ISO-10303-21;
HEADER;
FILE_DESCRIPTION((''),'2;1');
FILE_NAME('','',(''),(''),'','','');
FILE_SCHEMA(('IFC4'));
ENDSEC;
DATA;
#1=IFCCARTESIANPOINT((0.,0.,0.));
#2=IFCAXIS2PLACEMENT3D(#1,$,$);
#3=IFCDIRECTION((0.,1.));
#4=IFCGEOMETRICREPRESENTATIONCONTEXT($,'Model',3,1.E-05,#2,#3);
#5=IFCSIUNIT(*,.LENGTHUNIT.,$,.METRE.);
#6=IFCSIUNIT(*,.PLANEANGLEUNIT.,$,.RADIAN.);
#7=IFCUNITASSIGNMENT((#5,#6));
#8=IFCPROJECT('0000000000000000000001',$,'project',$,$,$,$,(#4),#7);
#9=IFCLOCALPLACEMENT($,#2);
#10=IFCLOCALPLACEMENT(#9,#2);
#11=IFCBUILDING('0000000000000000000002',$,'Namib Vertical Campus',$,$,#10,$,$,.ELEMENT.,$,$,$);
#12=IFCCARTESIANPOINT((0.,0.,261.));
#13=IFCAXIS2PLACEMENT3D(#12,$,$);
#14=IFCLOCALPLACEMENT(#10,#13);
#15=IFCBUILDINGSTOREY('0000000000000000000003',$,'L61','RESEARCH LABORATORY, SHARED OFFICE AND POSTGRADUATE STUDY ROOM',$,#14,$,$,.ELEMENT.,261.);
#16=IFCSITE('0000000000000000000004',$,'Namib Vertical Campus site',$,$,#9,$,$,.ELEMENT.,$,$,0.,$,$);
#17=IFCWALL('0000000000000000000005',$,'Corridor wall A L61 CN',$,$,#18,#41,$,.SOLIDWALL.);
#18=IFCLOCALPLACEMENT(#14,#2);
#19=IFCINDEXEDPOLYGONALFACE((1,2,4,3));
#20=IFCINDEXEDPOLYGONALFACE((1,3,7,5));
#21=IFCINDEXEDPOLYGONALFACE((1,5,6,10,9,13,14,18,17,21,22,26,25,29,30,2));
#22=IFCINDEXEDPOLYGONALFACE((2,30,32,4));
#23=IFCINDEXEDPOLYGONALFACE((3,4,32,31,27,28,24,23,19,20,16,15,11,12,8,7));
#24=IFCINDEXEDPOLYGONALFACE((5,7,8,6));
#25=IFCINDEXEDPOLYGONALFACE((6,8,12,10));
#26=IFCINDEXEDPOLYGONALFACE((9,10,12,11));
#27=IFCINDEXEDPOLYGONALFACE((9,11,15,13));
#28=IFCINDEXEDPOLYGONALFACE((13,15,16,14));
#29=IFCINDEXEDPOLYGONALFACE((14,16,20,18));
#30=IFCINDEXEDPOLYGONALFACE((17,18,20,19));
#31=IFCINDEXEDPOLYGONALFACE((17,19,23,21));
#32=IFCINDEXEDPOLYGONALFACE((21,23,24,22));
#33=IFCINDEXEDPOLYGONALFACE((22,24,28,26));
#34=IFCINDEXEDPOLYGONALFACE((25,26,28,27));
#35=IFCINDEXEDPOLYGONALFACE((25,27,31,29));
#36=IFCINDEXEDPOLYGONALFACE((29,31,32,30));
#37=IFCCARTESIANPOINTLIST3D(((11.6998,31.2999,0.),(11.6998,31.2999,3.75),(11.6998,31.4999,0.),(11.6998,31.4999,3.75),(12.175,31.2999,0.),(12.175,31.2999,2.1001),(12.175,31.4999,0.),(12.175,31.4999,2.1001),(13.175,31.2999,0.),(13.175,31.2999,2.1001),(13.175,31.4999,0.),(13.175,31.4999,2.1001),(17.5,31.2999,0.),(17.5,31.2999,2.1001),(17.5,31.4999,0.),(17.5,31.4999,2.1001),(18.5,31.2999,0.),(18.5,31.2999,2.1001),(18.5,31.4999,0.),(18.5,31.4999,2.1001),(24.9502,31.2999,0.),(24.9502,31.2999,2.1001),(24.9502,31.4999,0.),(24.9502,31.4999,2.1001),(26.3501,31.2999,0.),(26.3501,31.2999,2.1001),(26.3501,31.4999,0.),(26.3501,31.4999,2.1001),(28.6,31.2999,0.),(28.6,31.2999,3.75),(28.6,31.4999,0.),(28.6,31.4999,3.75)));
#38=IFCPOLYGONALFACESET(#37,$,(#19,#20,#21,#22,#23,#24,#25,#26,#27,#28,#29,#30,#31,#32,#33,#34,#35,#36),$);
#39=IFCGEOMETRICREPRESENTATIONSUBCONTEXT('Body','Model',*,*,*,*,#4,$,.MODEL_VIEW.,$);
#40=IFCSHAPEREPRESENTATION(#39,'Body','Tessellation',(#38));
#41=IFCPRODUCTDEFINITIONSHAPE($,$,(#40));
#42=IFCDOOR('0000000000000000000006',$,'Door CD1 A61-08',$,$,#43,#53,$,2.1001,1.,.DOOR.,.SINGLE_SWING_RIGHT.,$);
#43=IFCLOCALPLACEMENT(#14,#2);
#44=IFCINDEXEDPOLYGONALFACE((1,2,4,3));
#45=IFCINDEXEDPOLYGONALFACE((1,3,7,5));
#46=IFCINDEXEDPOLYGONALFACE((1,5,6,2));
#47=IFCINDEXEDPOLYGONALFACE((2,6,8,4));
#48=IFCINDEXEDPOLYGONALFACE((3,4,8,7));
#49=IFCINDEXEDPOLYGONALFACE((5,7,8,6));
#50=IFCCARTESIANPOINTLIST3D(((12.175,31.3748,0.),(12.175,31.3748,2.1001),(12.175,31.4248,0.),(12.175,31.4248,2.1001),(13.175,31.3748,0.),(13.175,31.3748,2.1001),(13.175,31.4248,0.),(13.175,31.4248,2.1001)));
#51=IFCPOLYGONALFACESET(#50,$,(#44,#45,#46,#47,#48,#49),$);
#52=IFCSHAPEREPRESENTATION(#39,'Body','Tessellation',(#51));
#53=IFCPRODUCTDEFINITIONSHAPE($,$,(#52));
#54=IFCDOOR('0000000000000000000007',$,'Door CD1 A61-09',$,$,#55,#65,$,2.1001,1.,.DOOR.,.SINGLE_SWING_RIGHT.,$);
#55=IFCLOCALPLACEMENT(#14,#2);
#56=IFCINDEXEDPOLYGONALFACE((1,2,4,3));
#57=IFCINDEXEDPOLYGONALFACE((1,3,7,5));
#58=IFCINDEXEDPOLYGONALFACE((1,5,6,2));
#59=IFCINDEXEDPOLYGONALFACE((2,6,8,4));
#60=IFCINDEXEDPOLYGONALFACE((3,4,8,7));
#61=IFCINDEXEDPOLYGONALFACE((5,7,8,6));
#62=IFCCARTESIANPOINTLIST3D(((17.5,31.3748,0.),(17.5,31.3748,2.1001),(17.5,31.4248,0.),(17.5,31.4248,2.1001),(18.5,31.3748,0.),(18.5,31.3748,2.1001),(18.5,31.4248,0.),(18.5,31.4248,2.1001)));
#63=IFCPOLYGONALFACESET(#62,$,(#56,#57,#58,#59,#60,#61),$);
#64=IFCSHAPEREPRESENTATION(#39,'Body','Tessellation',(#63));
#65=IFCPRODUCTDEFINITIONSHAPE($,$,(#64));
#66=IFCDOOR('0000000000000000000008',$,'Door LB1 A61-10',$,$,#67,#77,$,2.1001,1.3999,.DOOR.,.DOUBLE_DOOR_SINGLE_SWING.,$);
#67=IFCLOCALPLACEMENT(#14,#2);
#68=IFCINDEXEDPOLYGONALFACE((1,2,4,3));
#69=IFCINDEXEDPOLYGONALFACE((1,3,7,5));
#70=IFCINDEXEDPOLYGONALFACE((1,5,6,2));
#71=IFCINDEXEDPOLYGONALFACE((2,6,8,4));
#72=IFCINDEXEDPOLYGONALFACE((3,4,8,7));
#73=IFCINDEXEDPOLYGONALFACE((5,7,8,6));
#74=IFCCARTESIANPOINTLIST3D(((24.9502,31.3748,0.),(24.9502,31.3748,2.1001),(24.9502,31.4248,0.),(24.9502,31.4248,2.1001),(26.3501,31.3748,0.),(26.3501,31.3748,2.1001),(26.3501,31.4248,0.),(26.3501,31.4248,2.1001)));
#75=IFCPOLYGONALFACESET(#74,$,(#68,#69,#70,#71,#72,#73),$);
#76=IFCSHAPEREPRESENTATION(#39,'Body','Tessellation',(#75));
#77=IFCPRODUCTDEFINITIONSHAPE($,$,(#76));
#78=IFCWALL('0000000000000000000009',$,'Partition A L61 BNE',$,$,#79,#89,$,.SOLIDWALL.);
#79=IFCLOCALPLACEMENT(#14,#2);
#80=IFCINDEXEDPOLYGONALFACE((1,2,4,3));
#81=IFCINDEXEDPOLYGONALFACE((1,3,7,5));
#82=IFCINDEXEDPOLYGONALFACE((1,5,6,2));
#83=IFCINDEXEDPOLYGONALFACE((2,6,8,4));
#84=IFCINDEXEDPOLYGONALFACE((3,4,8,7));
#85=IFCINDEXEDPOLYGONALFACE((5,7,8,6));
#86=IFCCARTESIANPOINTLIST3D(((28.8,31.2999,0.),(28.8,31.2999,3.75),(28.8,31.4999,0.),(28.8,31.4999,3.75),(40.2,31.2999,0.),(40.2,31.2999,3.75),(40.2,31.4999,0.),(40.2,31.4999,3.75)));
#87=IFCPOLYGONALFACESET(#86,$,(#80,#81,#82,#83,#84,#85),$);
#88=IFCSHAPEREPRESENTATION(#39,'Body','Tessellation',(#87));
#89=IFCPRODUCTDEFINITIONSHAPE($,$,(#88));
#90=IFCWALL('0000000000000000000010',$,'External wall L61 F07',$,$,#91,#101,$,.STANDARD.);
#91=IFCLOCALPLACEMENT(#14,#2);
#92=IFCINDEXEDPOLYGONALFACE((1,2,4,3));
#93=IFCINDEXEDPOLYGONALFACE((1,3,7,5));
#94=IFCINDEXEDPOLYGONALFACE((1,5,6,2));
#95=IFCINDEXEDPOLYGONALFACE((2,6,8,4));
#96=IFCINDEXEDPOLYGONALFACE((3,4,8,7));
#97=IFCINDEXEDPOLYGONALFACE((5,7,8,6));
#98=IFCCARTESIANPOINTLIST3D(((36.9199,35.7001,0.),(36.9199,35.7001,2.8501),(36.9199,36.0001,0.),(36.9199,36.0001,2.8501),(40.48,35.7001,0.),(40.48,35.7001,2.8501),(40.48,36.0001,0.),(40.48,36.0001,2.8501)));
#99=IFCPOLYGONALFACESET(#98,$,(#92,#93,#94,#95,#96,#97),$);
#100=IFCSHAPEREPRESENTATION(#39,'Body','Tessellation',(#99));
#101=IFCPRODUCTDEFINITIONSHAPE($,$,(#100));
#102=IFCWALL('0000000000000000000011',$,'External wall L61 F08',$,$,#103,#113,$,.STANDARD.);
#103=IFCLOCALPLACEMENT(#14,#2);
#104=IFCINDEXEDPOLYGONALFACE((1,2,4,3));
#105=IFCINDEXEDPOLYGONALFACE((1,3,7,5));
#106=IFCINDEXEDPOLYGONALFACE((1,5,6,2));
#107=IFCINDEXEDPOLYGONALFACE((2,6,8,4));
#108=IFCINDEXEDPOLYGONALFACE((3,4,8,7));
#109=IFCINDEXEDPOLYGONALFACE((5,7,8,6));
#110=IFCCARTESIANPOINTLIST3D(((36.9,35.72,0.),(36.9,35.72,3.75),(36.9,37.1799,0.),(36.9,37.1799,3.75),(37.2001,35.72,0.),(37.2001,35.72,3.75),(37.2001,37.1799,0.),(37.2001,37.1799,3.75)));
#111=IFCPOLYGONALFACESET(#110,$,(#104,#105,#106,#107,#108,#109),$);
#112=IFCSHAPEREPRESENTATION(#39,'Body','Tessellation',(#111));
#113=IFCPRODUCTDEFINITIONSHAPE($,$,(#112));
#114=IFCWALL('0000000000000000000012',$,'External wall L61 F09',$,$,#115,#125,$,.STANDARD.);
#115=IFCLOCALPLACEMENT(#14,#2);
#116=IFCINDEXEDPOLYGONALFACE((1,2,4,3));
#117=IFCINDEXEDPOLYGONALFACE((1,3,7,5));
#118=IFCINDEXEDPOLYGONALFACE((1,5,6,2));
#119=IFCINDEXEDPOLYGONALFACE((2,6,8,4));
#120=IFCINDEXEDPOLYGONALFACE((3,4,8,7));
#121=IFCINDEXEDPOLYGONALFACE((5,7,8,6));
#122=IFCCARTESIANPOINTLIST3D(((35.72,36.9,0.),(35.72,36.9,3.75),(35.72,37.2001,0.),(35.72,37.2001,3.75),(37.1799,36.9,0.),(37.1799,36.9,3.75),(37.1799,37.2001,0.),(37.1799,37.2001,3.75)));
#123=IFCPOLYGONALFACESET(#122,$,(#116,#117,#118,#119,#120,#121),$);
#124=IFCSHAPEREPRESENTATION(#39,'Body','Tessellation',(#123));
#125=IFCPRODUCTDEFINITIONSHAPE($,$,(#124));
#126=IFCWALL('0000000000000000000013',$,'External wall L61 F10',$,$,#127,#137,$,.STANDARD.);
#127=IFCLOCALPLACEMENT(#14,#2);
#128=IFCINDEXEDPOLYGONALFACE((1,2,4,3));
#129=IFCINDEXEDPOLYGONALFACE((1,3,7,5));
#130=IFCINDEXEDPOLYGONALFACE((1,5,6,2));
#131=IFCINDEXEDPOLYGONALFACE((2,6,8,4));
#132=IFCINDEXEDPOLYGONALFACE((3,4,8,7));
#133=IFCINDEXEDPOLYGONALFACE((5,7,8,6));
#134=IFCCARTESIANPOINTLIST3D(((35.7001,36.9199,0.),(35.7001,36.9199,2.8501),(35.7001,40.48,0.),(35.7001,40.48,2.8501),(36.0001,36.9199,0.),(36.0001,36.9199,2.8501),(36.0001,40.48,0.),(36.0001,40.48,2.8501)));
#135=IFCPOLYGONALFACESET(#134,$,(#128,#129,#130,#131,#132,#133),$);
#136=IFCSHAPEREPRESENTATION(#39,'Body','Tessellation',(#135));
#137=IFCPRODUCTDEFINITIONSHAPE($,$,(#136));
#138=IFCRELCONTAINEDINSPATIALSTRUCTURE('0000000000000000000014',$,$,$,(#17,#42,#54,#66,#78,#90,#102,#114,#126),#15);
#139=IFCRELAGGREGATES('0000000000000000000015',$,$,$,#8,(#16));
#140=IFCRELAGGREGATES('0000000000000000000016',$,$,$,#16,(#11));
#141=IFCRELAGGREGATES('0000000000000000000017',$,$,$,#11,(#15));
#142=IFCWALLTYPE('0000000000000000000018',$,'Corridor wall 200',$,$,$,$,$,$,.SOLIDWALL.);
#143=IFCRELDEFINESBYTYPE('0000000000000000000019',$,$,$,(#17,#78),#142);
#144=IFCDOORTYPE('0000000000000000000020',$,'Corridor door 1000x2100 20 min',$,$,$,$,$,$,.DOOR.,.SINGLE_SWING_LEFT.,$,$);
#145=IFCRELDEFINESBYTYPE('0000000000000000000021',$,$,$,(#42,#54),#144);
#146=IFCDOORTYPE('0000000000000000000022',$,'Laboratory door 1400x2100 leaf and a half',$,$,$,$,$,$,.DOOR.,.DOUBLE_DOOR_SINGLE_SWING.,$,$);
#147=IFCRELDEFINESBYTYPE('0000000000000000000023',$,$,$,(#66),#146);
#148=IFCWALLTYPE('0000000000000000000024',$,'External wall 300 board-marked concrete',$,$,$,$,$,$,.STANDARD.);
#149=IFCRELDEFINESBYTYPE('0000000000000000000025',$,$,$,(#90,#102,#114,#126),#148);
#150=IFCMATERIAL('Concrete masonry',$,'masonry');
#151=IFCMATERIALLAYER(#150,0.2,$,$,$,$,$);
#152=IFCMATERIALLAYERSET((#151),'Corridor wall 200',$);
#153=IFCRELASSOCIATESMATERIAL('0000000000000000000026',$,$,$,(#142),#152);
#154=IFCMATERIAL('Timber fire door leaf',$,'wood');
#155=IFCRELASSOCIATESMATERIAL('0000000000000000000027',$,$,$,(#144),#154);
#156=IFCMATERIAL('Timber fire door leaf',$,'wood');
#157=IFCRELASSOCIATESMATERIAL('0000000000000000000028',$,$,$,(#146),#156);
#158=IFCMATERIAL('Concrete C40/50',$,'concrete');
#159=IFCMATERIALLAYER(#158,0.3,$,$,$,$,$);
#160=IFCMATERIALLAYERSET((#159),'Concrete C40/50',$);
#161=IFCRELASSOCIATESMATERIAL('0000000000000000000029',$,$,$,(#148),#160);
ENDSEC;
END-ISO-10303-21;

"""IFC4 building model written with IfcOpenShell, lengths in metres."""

from ifc_helpers import new_model, si_unit, direction, frame, frame_2d, origin, place, context, subcontext, project, spatial, rectangle, extrude, material, layer, layer_set, type_object, element, fill, save


model = new_model("IFC4")

# Units and contexts
model_context = context("Model", 3, precision=1e-05, world=origin(), true_north=direction((0.0, 1.0)))
body_context = subcontext(model_context, "Body", "Model", "MODEL_VIEW")
ifc_project = project(units=[si_unit("LENGTHUNIT", "METRE"), si_unit("PLANEANGLEUNIT", "RADIAN")], contexts=[model_context])

# Site, building, storey
site_placement = place(None, origin())
site = spatial("IfcSite", under=ifc_project, at=site_placement, Name="Namib Vertical Campus site", CompositionType="ELEMENT", RefElevation=0.0)
building_placement = place(site_placement, origin())
building = spatial("IfcBuilding", under=site, at=building_placement, Name="Namib Vertical Campus", CompositionType="ELEMENT")
storey_placement = place(building_placement, frame((0.0, 0.0, 261.0)))
storey = spatial("IfcBuildingStorey", under=building, at=storey_placement, Name="L61", Description="RESEARCH LABORATORY, SHARED OFFICE AND POSTGRADUATE STUDY ROOM", CompositionType="ELEMENT", Elevation=261.0)

# Wall, openings, doors
ifc_material_1 = material(Name="Concrete masonry", Category="masonry")
ifc_layer_1 = layer(ifc_material_1, 0.2)
ifc_layer_set_1 = layer_set([ifc_layer_1], Name="Corridor wall 200")
wall_type_1 = type_object("IfcWallType", Name="Corridor wall 200", PredefinedType="SOLIDWALL", material=ifc_layer_set_1)
wall_1_placement = place(storey_placement, frame((28.6001, 31.3999, 0.0), z_axis=(0.0, 0.0, 1.0), x_axis=(-1.0, 0.0, 0.0)))
wall_1 = element("IfcWall", 1, at=wall_1_placement, inside=storey, type_object=wall_type_1, Name="Corridor wall A L61 CN", PredefinedType="SOLIDWALL", context=body_context, shape_type="SweptSolid", body=[
    extrude(rectangle(XDim=16.9001, YDim=0.2, at=frame_2d((8.4502, 0.0))), origin(), (0.0, 0.0, 1.0), 3.75),
])
opening_1_placement = place(wall_1_placement, frame((15.425, 0.0, 0.0)))
opening_1 = element("IfcOpeningElement", 2, at=opening_1_placement, cuts=wall_1, PredefinedType="OPENING", context=body_context, shape_type="SweptSolid", body=[
    extrude(rectangle(XDim=1.0, YDim=2.1001, at=frame_2d((0.5, 1.05))), frame((0.0, 0.1099, 0.0), z_axis=(0.0, -1.0, 0.0), x_axis=(1.0, 0.0, 0.0)), (0.0, 0.0, 1.0), 0.22),
])
opening_2_placement = place(wall_1_placement, frame((10.1001, 0.0, 0.0)))
opening_2 = element("IfcOpeningElement", 3, at=opening_2_placement, cuts=wall_1, PredefinedType="OPENING", context=body_context, shape_type="SweptSolid", body=[
    extrude(rectangle(XDim=1.0, YDim=2.1001, at=frame_2d((0.5, 1.05))), frame((0.0, 0.1099, 0.0), z_axis=(0.0, -1.0, 0.0), x_axis=(1.0, 0.0, 0.0)), (0.0, 0.0, 1.0), 0.22),
])
opening_3_placement = place(wall_1_placement, frame((2.25, 0.0, 0.0)))
opening_3 = element("IfcOpeningElement", 4, at=opening_3_placement, cuts=wall_1, PredefinedType="OPENING", context=body_context, shape_type="SweptSolid", body=[
    extrude(rectangle(XDim=1.3999, YDim=2.1001, at=frame_2d((0.7, 1.05))), frame((0.0, 0.1099, 0.0), z_axis=(0.0, -1.0, 0.0), x_axis=(1.0, 0.0, 0.0)), (0.0, 0.0, 1.0), 0.22),
])
ifc_material_2 = material(Name="Timber fire door leaf", Category="wood")
door_type_1 = type_object("IfcDoorType", Name="Corridor door 1000x2100 20 min", OperationType="SINGLE_SWING_LEFT", PredefinedType="DOOR", material=ifc_material_2)
door_1_placement = place(opening_1_placement, frame((1.0, 0.0, 0.0), z_axis=(0.0, 0.0, 1.0), x_axis=(-1.0, 0.0, 0.0)))
door_1 = element("IfcDoor", 5, at=door_1_placement, inside=storey, type_object=door_type_1, Name="Door CD1 A61-08", OperationType="SINGLE_SWING_RIGHT", OverallHeight=2.1001, OverallWidth=1.0, PredefinedType="DOOR", context=body_context, shape_type="SweptSolid", body=[
    extrude(rectangle(XDim=1.0, YDim=2.1001, at=frame_2d((0.5, 1.05))), frame((0.0, 0.0249, 0.0), z_axis=(0.0, -1.0, 0.0), x_axis=(1.0, 0.0, 0.0)), (0.0, 0.0, 1.0), 0.05),
])
fill(opening_1, door_1)
door_2_placement = place(opening_2_placement, frame((1.0, 0.0, 0.0), z_axis=(0.0, 0.0, 1.0), x_axis=(-1.0, 0.0, 0.0)))
door_2 = element("IfcDoor", 6, at=door_2_placement, inside=storey, type_object=door_type_1, Name="Door CD1 A61-09", OperationType="SINGLE_SWING_RIGHT", OverallHeight=2.1001, OverallWidth=1.0, PredefinedType="DOOR", context=body_context, shape_type="SweptSolid", body=[
    extrude(rectangle(XDim=1.0, YDim=2.1001, at=frame_2d((0.5, 1.05))), frame((0.0, 0.0249, 0.0), z_axis=(0.0, -1.0, 0.0), x_axis=(1.0, 0.0, 0.0)), (0.0, 0.0, 1.0), 0.05),
])
fill(opening_2, door_2)
ifc_material_3 = material(Name="Timber fire door leaf", Category="wood")
door_type_2 = type_object("IfcDoorType", Name="Laboratory door 1400x2100 leaf and a half", OperationType="DOUBLE_DOOR_SINGLE_SWING", PredefinedType="DOOR", material=ifc_material_3)
door_3_placement = place(opening_3_placement, frame((1.3999, 0.0, 0.0), z_axis=(0.0, 0.0, 1.0), x_axis=(-1.0, 0.0, 0.0)))
door_3 = element("IfcDoor", 7, at=door_3_placement, inside=storey, type_object=door_type_2, Name="Door LB1 A61-10", OperationType="DOUBLE_DOOR_SINGLE_SWING", OverallHeight=2.1001, OverallWidth=1.3999, PredefinedType="DOOR", context=body_context, shape_type="SweptSolid", body=[
    extrude(rectangle(XDim=1.3999, YDim=2.1001, at=frame_2d((0.7, 1.05))), frame((0.0, 0.0249, 0.0), z_axis=(0.0, -1.0, 0.0), x_axis=(1.0, 0.0, 0.0)), (0.0, 0.0, 1.0), 0.05),
])
fill(opening_3, door_3)

# Walls
wall_2_placement = place(storey_placement, frame((28.8, 31.3999, 0.0), z_axis=(0.0, 0.0, 1.0), x_axis=(1.0, 0.0, 0.0)))
element("IfcWall", 8, at=wall_2_placement, inside=storey, type_object=wall_type_1, Name="Partition A L61 BNE", PredefinedType="SOLIDWALL", context=body_context, shape_type="SweptSolid", body=[
    extrude(rectangle(XDim=11.3999, YDim=0.2, at=frame_2d((5.7, 0.0))), origin(), (0.0, 0.0, 1.0), 3.75),
])
ifc_material_4 = material(Name="Concrete C40/50", Category="concrete")
ifc_layer_2 = layer(ifc_material_4, 0.3)
ifc_layer_set_2 = layer_set([ifc_layer_2], Name="Concrete C40/50")
wall_type_2 = type_object("IfcWallType", Name="External wall 300 board-marked concrete", PredefinedType="STANDARD", material=ifc_layer_set_2)
wall_3_placement = place(storey_placement, frame((40.48, 35.8501, 0.0), z_axis=(0.0, 0.0, 1.0), x_axis=(-1.0, 0.0, 0.0)))
element("IfcWall", 9, at=wall_3_placement, inside=storey, type_object=wall_type_2, Name="External wall L61 F07", PredefinedType="STANDARD", context=body_context, shape_type="SweptSolid", body=[
    extrude(rectangle(XDim=3.5601, YDim=0.3, at=frame_2d((1.78, 0.0))), origin(), (0.0, 0.0, 1.0), 2.8501),
])
for number, where, z_axis, x_axis, name in (
    (10, (37.05, 35.72, 0.0), (0.0, 0.0, 1.0), (0.0, 1.0, 0.0), "External wall L61 F08"),
    (11, (37.1799, 37.05, 0.0), (0.0, 0.0, 1.0), (-1.0, 0.0, 0.0), "External wall L61 F09"),
):
    element("IfcWall", number, at=place(storey_placement, frame(where, z_axis=z_axis, x_axis=x_axis)), inside=storey, type_object=wall_type_2, Name=name, PredefinedType="STANDARD", context=body_context, shape_type="SweptSolid", body=[
        extrude(rectangle(XDim=1.46, YDim=0.3, at=frame_2d((0.73, 0.0))), origin(), (0.0, 0.0, 1.0), 3.75),
    ])
wall_4_placement = place(storey_placement, frame((35.8501, 36.9199, 0.0), z_axis=(0.0, 0.0, 1.0), x_axis=(0.0, 1.0, 0.0)))
element("IfcWall", 12, at=wall_4_placement, inside=storey, type_object=wall_type_2, Name="External wall L61 F10", PredefinedType="STANDARD", context=body_context, shape_type="SweptSolid", body=[
    extrude(rectangle(XDim=3.5601, YDim=0.3, at=frame_2d((1.78, 0.0))), origin(), (0.0, 0.0, 1.0), 2.8501),
])

save(model, "model.ifc")
